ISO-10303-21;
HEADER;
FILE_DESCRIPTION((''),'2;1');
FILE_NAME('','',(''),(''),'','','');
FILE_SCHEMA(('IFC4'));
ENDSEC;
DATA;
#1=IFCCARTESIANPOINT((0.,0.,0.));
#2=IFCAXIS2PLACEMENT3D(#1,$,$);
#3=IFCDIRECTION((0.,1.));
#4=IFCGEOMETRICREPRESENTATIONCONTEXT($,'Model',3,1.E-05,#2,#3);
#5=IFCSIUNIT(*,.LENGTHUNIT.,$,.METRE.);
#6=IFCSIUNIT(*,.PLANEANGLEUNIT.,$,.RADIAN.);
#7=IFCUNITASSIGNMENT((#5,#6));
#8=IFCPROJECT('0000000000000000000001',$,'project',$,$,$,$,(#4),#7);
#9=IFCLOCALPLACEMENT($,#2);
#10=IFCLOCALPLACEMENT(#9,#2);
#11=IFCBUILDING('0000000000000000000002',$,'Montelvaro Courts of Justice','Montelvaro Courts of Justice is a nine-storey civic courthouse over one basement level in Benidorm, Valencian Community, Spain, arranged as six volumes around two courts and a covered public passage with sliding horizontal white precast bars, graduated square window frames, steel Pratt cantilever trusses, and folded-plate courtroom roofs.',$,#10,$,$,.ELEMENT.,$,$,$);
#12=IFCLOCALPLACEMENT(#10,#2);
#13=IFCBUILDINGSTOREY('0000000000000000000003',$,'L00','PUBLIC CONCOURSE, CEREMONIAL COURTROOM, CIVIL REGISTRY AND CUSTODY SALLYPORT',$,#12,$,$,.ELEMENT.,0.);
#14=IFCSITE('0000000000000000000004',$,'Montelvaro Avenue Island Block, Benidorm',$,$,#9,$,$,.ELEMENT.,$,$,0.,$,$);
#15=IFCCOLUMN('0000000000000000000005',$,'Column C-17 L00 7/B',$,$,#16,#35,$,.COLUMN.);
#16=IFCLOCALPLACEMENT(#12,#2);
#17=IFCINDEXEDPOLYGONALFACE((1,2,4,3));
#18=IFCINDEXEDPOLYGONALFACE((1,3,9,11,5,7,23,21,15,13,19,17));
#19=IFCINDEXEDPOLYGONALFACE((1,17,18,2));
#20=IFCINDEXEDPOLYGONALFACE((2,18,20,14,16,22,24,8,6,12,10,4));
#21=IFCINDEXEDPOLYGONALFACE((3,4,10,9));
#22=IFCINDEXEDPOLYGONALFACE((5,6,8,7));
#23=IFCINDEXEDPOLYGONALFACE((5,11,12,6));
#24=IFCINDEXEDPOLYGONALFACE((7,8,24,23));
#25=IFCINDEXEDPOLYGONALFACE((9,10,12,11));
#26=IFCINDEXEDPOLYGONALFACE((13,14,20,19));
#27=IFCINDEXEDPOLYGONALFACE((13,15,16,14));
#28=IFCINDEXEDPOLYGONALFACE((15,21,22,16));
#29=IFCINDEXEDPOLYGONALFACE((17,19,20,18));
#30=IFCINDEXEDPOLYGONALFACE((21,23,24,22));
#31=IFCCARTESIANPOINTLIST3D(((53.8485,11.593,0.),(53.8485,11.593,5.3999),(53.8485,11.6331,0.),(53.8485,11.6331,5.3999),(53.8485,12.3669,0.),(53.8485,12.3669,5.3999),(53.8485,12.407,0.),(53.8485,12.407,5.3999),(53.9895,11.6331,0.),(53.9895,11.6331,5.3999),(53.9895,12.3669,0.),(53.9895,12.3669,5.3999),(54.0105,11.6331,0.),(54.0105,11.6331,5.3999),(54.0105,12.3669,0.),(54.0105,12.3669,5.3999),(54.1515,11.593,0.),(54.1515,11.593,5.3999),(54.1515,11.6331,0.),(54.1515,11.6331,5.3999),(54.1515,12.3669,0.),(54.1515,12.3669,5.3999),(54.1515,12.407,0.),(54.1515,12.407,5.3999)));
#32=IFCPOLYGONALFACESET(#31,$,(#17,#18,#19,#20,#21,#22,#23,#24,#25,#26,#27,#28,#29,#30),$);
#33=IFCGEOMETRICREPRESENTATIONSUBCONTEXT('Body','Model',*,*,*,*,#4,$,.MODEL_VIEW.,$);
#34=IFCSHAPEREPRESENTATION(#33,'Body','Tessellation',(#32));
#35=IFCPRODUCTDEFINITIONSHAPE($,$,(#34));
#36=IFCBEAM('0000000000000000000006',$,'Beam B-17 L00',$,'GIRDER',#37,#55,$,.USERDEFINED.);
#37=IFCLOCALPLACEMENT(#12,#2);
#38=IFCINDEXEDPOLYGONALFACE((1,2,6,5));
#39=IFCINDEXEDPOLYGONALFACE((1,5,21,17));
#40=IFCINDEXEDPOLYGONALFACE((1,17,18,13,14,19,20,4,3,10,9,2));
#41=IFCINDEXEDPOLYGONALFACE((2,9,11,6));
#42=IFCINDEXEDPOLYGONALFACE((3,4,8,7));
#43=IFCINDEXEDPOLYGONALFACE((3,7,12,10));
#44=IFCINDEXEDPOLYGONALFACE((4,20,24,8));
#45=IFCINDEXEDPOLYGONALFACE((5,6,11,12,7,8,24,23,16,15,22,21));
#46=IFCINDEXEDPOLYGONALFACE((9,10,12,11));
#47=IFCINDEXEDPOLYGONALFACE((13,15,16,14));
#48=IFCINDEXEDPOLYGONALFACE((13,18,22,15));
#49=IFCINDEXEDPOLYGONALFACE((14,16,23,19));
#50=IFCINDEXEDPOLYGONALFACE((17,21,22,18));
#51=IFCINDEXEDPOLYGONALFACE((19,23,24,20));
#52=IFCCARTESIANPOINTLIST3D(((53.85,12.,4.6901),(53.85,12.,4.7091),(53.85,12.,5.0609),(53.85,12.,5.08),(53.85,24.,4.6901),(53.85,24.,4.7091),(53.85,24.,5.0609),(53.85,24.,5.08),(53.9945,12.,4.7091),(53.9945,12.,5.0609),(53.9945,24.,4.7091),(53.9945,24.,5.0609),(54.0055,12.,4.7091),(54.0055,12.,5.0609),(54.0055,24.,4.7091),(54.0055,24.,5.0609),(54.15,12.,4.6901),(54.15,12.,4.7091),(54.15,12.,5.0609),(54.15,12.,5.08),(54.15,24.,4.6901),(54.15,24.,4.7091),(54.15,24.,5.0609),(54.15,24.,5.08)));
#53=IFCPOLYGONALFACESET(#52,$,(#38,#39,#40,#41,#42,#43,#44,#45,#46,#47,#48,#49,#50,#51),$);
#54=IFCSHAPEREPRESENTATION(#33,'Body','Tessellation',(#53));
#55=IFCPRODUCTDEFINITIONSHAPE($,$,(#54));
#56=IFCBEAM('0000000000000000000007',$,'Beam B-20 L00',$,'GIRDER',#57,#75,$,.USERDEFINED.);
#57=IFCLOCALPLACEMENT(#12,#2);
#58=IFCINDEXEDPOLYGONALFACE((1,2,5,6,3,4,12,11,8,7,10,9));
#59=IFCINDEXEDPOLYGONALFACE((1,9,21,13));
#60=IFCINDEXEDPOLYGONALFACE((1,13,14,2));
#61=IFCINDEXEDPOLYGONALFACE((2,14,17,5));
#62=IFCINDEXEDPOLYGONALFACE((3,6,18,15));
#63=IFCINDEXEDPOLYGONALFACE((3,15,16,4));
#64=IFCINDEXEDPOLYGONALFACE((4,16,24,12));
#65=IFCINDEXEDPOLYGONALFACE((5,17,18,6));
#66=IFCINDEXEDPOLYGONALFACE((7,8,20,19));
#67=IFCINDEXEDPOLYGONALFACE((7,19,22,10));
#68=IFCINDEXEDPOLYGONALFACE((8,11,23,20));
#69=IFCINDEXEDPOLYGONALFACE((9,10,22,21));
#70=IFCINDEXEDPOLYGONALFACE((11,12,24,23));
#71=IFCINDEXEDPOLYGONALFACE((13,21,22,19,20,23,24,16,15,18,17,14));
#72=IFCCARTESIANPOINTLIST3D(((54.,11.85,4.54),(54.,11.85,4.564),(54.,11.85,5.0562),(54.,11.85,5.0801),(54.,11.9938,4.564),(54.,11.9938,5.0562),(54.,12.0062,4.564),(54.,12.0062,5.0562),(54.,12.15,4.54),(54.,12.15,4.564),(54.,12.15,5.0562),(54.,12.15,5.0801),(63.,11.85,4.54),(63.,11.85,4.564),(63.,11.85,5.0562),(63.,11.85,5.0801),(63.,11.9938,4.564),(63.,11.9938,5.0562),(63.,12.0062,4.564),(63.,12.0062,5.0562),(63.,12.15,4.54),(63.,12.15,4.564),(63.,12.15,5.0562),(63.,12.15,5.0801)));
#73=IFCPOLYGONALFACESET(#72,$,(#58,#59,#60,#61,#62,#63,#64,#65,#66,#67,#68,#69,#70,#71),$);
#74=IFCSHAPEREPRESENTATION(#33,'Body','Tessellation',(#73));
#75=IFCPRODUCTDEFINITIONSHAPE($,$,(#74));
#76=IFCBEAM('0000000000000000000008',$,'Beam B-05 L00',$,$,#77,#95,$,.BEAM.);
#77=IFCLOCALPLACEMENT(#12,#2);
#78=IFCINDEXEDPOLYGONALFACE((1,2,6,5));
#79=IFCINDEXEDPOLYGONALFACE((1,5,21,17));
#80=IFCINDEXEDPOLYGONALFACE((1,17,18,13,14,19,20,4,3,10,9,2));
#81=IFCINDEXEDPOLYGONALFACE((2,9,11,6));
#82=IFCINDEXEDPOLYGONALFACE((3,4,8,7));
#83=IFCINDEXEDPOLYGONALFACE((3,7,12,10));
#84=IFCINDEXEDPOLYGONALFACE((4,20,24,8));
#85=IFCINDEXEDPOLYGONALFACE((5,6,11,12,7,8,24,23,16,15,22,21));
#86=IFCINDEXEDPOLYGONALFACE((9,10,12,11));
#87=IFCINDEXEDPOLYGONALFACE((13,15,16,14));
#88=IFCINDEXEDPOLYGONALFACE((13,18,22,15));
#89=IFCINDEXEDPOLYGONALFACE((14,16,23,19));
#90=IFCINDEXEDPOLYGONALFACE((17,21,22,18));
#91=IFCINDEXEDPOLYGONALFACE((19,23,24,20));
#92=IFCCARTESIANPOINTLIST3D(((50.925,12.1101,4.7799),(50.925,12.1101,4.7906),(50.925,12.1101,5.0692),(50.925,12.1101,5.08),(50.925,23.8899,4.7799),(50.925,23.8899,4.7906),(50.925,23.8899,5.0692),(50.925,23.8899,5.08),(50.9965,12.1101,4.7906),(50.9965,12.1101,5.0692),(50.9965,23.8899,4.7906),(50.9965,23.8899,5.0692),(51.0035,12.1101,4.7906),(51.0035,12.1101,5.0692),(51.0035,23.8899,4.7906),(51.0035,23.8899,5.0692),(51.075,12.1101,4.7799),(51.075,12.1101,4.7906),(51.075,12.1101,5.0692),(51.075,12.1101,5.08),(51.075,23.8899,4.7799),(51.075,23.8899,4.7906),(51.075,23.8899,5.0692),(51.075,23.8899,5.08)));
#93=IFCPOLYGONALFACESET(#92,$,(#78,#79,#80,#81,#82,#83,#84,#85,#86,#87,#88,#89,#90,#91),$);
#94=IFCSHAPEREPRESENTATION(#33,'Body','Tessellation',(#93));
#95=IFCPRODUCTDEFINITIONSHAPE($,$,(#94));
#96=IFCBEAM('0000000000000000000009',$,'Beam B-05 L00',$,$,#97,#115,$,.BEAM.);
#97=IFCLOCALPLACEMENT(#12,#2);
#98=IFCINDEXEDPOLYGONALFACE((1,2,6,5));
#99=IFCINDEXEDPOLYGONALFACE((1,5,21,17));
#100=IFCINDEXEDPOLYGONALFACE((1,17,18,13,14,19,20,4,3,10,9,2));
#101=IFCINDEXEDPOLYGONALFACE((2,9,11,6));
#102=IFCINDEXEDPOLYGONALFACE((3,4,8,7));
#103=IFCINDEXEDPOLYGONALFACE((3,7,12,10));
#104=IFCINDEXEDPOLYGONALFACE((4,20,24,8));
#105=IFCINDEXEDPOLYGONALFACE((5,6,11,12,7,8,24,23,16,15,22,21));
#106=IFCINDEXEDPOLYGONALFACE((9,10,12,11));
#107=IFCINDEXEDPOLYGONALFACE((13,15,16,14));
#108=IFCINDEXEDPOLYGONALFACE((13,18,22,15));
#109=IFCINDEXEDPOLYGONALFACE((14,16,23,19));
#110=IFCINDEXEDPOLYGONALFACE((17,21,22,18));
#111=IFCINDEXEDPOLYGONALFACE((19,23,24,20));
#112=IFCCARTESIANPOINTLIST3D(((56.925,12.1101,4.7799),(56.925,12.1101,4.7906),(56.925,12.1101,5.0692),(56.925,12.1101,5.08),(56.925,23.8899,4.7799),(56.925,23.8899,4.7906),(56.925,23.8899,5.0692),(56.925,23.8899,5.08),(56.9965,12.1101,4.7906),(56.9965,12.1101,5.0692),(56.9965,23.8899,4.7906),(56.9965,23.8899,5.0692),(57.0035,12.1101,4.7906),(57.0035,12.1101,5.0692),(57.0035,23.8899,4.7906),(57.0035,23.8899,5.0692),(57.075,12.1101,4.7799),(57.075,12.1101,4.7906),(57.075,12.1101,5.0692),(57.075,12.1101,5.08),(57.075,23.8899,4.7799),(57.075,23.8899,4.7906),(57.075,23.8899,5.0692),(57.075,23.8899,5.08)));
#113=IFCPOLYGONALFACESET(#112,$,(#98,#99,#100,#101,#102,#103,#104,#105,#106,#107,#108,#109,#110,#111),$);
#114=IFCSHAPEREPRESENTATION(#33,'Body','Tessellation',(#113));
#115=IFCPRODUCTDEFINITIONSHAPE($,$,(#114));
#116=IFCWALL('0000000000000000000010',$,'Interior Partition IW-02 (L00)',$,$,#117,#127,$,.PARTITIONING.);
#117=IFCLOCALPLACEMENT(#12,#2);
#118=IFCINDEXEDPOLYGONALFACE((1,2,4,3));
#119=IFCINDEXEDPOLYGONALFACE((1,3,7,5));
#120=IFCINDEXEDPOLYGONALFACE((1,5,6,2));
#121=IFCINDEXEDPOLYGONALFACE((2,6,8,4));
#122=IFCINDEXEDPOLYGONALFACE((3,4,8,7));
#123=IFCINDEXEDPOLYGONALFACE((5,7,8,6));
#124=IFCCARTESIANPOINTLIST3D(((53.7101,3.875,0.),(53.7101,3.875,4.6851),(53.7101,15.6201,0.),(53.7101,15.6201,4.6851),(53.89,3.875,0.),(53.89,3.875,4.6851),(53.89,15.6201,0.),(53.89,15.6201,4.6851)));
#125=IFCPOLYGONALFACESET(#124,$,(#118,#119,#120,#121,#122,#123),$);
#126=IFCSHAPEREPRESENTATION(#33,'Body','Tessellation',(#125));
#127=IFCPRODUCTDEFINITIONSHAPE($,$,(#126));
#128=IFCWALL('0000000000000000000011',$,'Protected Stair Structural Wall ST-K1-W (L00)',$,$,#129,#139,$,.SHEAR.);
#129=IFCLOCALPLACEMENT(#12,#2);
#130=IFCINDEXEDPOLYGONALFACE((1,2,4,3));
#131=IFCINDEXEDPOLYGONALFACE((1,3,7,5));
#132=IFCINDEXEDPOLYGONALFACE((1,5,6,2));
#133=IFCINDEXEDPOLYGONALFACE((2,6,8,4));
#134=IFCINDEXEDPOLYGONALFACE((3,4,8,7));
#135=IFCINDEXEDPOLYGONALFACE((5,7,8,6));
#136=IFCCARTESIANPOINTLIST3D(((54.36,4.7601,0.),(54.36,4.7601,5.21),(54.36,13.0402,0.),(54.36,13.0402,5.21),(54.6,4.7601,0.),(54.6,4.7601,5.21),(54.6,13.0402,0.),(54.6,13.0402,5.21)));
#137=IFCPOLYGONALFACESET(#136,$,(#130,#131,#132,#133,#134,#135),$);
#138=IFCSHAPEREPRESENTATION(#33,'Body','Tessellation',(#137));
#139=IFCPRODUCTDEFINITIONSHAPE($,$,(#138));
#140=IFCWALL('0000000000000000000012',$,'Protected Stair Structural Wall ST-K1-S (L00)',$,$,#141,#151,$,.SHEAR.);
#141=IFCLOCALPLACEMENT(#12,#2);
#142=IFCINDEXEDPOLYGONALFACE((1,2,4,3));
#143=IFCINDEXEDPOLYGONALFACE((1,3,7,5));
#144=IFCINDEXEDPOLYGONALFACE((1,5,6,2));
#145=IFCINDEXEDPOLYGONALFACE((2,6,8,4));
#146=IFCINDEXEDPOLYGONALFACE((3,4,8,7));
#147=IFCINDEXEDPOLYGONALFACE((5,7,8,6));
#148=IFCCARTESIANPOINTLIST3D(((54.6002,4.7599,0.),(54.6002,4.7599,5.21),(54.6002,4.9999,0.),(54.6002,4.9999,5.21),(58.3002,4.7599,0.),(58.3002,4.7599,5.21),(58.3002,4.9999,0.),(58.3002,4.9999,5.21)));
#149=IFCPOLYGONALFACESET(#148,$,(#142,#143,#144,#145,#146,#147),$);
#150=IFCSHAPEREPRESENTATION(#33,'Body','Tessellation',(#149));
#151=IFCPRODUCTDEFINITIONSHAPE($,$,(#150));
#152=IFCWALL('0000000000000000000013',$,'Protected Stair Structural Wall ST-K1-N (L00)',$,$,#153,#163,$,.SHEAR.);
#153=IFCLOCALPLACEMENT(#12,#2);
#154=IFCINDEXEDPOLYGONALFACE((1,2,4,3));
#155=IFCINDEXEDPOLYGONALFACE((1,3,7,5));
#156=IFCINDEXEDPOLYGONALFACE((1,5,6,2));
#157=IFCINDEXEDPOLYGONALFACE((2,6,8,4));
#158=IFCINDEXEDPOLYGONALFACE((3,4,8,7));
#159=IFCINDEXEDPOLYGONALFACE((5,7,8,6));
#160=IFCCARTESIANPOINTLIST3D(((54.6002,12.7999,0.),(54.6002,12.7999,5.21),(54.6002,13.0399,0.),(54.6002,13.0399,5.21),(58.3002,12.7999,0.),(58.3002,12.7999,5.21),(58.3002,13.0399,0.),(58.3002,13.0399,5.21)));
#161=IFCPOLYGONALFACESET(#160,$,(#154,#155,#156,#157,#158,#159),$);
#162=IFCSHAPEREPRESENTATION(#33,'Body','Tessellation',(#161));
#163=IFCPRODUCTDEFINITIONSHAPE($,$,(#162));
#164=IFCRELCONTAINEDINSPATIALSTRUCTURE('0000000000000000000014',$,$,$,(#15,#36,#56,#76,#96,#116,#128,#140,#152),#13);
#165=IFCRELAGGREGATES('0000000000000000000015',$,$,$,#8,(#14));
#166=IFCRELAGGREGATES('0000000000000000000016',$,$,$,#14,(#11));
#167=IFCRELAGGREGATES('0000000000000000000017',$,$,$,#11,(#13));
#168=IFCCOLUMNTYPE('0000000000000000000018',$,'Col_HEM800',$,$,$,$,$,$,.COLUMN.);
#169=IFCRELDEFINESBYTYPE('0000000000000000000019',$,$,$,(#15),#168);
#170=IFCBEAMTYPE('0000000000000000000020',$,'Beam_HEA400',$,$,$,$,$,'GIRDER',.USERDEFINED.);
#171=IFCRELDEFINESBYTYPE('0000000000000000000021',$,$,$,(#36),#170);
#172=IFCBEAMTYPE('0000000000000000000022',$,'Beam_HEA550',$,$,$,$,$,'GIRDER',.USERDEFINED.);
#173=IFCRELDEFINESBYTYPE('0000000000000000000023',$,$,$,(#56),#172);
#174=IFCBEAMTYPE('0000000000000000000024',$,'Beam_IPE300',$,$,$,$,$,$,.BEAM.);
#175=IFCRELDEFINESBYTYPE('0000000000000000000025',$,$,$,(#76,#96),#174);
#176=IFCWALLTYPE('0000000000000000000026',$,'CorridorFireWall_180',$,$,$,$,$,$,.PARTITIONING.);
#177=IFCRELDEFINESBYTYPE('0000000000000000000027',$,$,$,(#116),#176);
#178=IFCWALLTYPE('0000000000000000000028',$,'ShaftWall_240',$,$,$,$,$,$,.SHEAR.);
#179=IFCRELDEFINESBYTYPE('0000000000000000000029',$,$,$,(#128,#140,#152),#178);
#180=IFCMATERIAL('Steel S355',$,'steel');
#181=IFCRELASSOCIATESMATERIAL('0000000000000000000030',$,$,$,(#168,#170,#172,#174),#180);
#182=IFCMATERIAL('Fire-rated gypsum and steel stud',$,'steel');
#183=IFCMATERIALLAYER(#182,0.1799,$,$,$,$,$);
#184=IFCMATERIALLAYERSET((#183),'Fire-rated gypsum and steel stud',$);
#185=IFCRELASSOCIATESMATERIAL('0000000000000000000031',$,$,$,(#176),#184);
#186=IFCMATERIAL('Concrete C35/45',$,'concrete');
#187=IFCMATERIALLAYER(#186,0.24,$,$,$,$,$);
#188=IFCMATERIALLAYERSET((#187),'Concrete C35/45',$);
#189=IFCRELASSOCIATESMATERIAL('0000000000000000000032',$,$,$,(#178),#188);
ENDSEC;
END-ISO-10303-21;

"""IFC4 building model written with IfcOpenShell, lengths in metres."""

from ifc_helpers import new_model, si_unit, direction, frame, frame_2d, origin, origin_2d, place, context, subcontext, project, spatial, rectangle, i_section, extrude, material, layer, layer_set, material_profile, profile_set, type_object, element, save


model = new_model("IFC4")

# Units and contexts
model_context = context("Model", 3, precision=1e-05, world=origin(), true_north=direction((0.0, 1.0)))
body_context = subcontext(model_context, "Body", "Model", "MODEL_VIEW")
ifc_project = project(units=[si_unit("LENGTHUNIT", "METRE"), si_unit("PLANEANGLEUNIT", "RADIAN")], contexts=[model_context])

# Site, building, storey
site_placement = place(None, origin())
site = spatial("IfcSite", under=ifc_project, at=site_placement, Name="Montelvaro Avenue Island Block, Benidorm", CompositionType="ELEMENT", RefElevation=0.0)
building_placement = place(site_placement, origin())
building = spatial("IfcBuilding", under=site, at=building_placement, Name="Montelvaro Courts of Justice", Description="Montelvaro Courts of Justice is a nine-storey civic courthouse over one basement level in Benidorm, Valencian Community, Spain, arranged as six volumes around two courts and a covered public passage with sliding horizontal white precast bars, graduated square window frames, steel Pratt cantilever trusses, and folded-plate courtroom roofs.", CompositionType="ELEMENT")
storey_placement = place(building_placement, origin())
storey = spatial("IfcBuildingStorey", under=building, at=storey_placement, Name="L00", Description="PUBLIC CONCOURSE, CEREMONIAL COURTROOM, CIVIL REGISTRY AND CUSTODY SALLYPORT", CompositionType="ELEMENT", Elevation=0.0)

# Column
ifc_material_1 = material(Name="Steel S355", Category="steel")
ifc_material_profile_1 = material_profile(ifc_material_1, i_section(OverallWidth=0.303, OverallDepth=0.814, WebThickness=0.021, FlangeThickness=0.04, at=origin_2d()), Name="HEM 800")
ifc_profile_set_1 = profile_set([ifc_material_profile_1], Name="Steel S355")
column_type = type_object("IfcColumnType", Name="Col_HEM800", PredefinedType="COLUMN", material=ifc_profile_set_1)
column_placement = place(storey_placement, frame((54.0, 12.0, 0.0), z_axis=(0.0, 0.0, 1.0), x_axis=(1.0, 0.0, 0.0)))
element("IfcColumn", 1, at=column_placement, inside=storey, type_object=column_type, Name="Column C-17 L00 7/B", PredefinedType="COLUMN", context=body_context, shape_type="SweptSolid", body=[
    extrude(i_section(OverallWidth=0.303, OverallDepth=0.814, WebThickness=0.021, FlangeThickness=0.04, at=origin_2d()), origin(), (0.0, 0.0, 1.0), 5.3999),
])

# Beams
ifc_material_profile_2 = material_profile(ifc_material_1, i_section(OverallWidth=0.3, OverallDepth=0.3899, WebThickness=0.011, FlangeThickness=0.019, at=origin_2d()), Name="HEA 400")
ifc_profile_set_2 = profile_set([ifc_material_profile_2], Name="Steel S355")
beam_type_1 = type_object("IfcBeamType", Name="Beam_HEA400", ElementType="GIRDER", PredefinedType="USERDEFINED", material=ifc_profile_set_2)
beam_1_placement = place(storey_placement, frame((54.0, 12.0, 4.885), z_axis=(0.0, 1.0, 0.0), x_axis=(-1.0, 0.0, 0.0)))
element("IfcBeam", 2, at=beam_1_placement, inside=storey, type_object=beam_type_1, Name="Beam B-17 L00", ObjectType="GIRDER", PredefinedType="USERDEFINED", context=body_context, shape_type="SweptSolid", body=[
    extrude(i_section(OverallWidth=0.3, OverallDepth=0.3899, WebThickness=0.011, FlangeThickness=0.019, at=origin_2d()), origin(), (0.0, 0.0, 1.0), 12.0),
])
ifc_material_profile_3 = material_profile(ifc_material_1, i_section(OverallWidth=0.3, OverallDepth=0.54, WebThickness=0.0125, FlangeThickness=0.0239, at=origin_2d()), Name="HEA 550")
ifc_profile_set_3 = profile_set([ifc_material_profile_3], Name="Steel S355")
beam_type_2 = type_object("IfcBeamType", Name="Beam_HEA550", ElementType="GIRDER", PredefinedType="USERDEFINED", material=ifc_profile_set_3)
beam_2_placement = place(storey_placement, frame((54.0, 12.0, 4.8101), z_axis=(1.0, 0.0, 0.0), x_axis=(0.0, 1.0, 0.0)))
element("IfcBeam", 3, at=beam_2_placement, inside=storey, type_object=beam_type_2, Name="Beam B-20 L00", ObjectType="GIRDER", PredefinedType="USERDEFINED", context=body_context, shape_type="SweptSolid", body=[
    extrude(i_section(OverallWidth=0.3, OverallDepth=0.54, WebThickness=0.0125, FlangeThickness=0.0239, at=origin_2d()), origin(), (0.0, 0.0, 1.0), 9.0),
])
ifc_material_profile_4 = material_profile(ifc_material_1, i_section(OverallWidth=0.1499, OverallDepth=0.3, WebThickness=0.0071, FlangeThickness=0.0107, at=origin_2d()), Name="IPE 300")
ifc_profile_set_4 = profile_set([ifc_material_profile_4], Name="Steel S355")
beam_type_3 = type_object("IfcBeamType", Name="Beam_IPE300", PredefinedType="BEAM", material=ifc_profile_set_4)
for number, where, z_axis, x_axis, name in (
    (4, (51.0, 12.1101, 4.9299), (0.0, 1.0, 0.0), (-1.0, 0.0, 0.0), "Beam B-05 L00"),
    (5, (57.0, 12.1101, 4.9299), (0.0, 1.0, 0.0), (-1.0, 0.0, 0.0), "Beam B-05 L00"),
):
    element("IfcBeam", number, at=place(storey_placement, frame(where, z_axis=z_axis, x_axis=x_axis)), inside=storey, type_object=beam_type_3, Name=name, PredefinedType="BEAM", context=body_context, shape_type="SweptSolid", body=[
        extrude(i_section(OverallWidth=0.1499, OverallDepth=0.3, WebThickness=0.0071, FlangeThickness=0.0107, at=origin_2d()), origin(), (0.0, 0.0, 1.0), 11.7798),
    ])

# Walls
ifc_material_2 = material(Name="Fire-rated gypsum and steel stud", Category="steel")
ifc_layer_1 = layer(ifc_material_2, 0.1799)
ifc_layer_set_1 = layer_set([ifc_layer_1], Name="Fire-rated gypsum and steel stud")
wall_type_1 = type_object("IfcWallType", Name="CorridorFireWall_180", PredefinedType="PARTITIONING", material=ifc_layer_set_1)
wall_1_placement = place(storey_placement, frame((53.8, 15.6201, 0.0), z_axis=(0.0, 0.0, 1.0), x_axis=(0.0, -1.0, 0.0)))
element("IfcWall", 6, at=wall_1_placement, inside=storey, type_object=wall_type_1, Name="Interior Partition IW-02 (L00)", PredefinedType="PARTITIONING", context=body_context, shape_type="SweptSolid", body=[
    extrude(rectangle(XDim=11.7451, YDim=0.1799, at=frame_2d((5.8726, 0.0))), origin(), (0.0, 0.0, 1.0), 4.6851),
])
ifc_material_3 = material(Name="Concrete C35/45", Category="concrete")
ifc_layer_2 = layer(ifc_material_3, 0.24)
ifc_layer_set_2 = layer_set([ifc_layer_2], Name="Concrete C35/45")
wall_type_2 = type_object("IfcWallType", Name="ShaftWall_240", PredefinedType="SHEAR", material=ifc_layer_set_2)
wall_2_placement = place(storey_placement, frame((54.48, 4.76, 0.0), z_axis=(0.0, 0.0, 1.0), x_axis=(0.0, 1.0, 0.0)))
element("IfcWall", 7, at=wall_2_placement, inside=storey, type_object=wall_type_2, Name="Protected Stair Structural Wall ST-K1-W (L00)", PredefinedType="SHEAR", context=body_context, shape_type="SweptSolid", body=[
    extrude(rectangle(XDim=8.28, YDim=0.24, at=frame_2d((4.1401, 0.0))), origin(), (0.0, 0.0, 1.0), 5.21),
])
for number, where, z_axis, x_axis, name in (
    (8, (54.6001, 4.8799, 0.0), (0.0, 0.0, 1.0), (1.0, 0.0, 0.0), "Protected Stair Structural Wall ST-K1-S (L00)"),
    (9, (54.6001, 12.9199, 0.0), (0.0, 0.0, 1.0), (1.0, 0.0, 0.0), "Protected Stair Structural Wall ST-K1-N (L00)"),
):
    element("IfcWall", number, at=place(storey_placement, frame(where, z_axis=z_axis, x_axis=x_axis)), inside=storey, type_object=wall_type_2, Name=name, PredefinedType="SHEAR", context=body_context, shape_type="SweptSolid", body=[
        extrude(rectangle(XDim=3.7, YDim=0.24, at=frame_2d((1.8501, 0.0))), origin(), (0.0, 0.0, 1.0), 5.21),
    ])

save(model, "model.ifc")
